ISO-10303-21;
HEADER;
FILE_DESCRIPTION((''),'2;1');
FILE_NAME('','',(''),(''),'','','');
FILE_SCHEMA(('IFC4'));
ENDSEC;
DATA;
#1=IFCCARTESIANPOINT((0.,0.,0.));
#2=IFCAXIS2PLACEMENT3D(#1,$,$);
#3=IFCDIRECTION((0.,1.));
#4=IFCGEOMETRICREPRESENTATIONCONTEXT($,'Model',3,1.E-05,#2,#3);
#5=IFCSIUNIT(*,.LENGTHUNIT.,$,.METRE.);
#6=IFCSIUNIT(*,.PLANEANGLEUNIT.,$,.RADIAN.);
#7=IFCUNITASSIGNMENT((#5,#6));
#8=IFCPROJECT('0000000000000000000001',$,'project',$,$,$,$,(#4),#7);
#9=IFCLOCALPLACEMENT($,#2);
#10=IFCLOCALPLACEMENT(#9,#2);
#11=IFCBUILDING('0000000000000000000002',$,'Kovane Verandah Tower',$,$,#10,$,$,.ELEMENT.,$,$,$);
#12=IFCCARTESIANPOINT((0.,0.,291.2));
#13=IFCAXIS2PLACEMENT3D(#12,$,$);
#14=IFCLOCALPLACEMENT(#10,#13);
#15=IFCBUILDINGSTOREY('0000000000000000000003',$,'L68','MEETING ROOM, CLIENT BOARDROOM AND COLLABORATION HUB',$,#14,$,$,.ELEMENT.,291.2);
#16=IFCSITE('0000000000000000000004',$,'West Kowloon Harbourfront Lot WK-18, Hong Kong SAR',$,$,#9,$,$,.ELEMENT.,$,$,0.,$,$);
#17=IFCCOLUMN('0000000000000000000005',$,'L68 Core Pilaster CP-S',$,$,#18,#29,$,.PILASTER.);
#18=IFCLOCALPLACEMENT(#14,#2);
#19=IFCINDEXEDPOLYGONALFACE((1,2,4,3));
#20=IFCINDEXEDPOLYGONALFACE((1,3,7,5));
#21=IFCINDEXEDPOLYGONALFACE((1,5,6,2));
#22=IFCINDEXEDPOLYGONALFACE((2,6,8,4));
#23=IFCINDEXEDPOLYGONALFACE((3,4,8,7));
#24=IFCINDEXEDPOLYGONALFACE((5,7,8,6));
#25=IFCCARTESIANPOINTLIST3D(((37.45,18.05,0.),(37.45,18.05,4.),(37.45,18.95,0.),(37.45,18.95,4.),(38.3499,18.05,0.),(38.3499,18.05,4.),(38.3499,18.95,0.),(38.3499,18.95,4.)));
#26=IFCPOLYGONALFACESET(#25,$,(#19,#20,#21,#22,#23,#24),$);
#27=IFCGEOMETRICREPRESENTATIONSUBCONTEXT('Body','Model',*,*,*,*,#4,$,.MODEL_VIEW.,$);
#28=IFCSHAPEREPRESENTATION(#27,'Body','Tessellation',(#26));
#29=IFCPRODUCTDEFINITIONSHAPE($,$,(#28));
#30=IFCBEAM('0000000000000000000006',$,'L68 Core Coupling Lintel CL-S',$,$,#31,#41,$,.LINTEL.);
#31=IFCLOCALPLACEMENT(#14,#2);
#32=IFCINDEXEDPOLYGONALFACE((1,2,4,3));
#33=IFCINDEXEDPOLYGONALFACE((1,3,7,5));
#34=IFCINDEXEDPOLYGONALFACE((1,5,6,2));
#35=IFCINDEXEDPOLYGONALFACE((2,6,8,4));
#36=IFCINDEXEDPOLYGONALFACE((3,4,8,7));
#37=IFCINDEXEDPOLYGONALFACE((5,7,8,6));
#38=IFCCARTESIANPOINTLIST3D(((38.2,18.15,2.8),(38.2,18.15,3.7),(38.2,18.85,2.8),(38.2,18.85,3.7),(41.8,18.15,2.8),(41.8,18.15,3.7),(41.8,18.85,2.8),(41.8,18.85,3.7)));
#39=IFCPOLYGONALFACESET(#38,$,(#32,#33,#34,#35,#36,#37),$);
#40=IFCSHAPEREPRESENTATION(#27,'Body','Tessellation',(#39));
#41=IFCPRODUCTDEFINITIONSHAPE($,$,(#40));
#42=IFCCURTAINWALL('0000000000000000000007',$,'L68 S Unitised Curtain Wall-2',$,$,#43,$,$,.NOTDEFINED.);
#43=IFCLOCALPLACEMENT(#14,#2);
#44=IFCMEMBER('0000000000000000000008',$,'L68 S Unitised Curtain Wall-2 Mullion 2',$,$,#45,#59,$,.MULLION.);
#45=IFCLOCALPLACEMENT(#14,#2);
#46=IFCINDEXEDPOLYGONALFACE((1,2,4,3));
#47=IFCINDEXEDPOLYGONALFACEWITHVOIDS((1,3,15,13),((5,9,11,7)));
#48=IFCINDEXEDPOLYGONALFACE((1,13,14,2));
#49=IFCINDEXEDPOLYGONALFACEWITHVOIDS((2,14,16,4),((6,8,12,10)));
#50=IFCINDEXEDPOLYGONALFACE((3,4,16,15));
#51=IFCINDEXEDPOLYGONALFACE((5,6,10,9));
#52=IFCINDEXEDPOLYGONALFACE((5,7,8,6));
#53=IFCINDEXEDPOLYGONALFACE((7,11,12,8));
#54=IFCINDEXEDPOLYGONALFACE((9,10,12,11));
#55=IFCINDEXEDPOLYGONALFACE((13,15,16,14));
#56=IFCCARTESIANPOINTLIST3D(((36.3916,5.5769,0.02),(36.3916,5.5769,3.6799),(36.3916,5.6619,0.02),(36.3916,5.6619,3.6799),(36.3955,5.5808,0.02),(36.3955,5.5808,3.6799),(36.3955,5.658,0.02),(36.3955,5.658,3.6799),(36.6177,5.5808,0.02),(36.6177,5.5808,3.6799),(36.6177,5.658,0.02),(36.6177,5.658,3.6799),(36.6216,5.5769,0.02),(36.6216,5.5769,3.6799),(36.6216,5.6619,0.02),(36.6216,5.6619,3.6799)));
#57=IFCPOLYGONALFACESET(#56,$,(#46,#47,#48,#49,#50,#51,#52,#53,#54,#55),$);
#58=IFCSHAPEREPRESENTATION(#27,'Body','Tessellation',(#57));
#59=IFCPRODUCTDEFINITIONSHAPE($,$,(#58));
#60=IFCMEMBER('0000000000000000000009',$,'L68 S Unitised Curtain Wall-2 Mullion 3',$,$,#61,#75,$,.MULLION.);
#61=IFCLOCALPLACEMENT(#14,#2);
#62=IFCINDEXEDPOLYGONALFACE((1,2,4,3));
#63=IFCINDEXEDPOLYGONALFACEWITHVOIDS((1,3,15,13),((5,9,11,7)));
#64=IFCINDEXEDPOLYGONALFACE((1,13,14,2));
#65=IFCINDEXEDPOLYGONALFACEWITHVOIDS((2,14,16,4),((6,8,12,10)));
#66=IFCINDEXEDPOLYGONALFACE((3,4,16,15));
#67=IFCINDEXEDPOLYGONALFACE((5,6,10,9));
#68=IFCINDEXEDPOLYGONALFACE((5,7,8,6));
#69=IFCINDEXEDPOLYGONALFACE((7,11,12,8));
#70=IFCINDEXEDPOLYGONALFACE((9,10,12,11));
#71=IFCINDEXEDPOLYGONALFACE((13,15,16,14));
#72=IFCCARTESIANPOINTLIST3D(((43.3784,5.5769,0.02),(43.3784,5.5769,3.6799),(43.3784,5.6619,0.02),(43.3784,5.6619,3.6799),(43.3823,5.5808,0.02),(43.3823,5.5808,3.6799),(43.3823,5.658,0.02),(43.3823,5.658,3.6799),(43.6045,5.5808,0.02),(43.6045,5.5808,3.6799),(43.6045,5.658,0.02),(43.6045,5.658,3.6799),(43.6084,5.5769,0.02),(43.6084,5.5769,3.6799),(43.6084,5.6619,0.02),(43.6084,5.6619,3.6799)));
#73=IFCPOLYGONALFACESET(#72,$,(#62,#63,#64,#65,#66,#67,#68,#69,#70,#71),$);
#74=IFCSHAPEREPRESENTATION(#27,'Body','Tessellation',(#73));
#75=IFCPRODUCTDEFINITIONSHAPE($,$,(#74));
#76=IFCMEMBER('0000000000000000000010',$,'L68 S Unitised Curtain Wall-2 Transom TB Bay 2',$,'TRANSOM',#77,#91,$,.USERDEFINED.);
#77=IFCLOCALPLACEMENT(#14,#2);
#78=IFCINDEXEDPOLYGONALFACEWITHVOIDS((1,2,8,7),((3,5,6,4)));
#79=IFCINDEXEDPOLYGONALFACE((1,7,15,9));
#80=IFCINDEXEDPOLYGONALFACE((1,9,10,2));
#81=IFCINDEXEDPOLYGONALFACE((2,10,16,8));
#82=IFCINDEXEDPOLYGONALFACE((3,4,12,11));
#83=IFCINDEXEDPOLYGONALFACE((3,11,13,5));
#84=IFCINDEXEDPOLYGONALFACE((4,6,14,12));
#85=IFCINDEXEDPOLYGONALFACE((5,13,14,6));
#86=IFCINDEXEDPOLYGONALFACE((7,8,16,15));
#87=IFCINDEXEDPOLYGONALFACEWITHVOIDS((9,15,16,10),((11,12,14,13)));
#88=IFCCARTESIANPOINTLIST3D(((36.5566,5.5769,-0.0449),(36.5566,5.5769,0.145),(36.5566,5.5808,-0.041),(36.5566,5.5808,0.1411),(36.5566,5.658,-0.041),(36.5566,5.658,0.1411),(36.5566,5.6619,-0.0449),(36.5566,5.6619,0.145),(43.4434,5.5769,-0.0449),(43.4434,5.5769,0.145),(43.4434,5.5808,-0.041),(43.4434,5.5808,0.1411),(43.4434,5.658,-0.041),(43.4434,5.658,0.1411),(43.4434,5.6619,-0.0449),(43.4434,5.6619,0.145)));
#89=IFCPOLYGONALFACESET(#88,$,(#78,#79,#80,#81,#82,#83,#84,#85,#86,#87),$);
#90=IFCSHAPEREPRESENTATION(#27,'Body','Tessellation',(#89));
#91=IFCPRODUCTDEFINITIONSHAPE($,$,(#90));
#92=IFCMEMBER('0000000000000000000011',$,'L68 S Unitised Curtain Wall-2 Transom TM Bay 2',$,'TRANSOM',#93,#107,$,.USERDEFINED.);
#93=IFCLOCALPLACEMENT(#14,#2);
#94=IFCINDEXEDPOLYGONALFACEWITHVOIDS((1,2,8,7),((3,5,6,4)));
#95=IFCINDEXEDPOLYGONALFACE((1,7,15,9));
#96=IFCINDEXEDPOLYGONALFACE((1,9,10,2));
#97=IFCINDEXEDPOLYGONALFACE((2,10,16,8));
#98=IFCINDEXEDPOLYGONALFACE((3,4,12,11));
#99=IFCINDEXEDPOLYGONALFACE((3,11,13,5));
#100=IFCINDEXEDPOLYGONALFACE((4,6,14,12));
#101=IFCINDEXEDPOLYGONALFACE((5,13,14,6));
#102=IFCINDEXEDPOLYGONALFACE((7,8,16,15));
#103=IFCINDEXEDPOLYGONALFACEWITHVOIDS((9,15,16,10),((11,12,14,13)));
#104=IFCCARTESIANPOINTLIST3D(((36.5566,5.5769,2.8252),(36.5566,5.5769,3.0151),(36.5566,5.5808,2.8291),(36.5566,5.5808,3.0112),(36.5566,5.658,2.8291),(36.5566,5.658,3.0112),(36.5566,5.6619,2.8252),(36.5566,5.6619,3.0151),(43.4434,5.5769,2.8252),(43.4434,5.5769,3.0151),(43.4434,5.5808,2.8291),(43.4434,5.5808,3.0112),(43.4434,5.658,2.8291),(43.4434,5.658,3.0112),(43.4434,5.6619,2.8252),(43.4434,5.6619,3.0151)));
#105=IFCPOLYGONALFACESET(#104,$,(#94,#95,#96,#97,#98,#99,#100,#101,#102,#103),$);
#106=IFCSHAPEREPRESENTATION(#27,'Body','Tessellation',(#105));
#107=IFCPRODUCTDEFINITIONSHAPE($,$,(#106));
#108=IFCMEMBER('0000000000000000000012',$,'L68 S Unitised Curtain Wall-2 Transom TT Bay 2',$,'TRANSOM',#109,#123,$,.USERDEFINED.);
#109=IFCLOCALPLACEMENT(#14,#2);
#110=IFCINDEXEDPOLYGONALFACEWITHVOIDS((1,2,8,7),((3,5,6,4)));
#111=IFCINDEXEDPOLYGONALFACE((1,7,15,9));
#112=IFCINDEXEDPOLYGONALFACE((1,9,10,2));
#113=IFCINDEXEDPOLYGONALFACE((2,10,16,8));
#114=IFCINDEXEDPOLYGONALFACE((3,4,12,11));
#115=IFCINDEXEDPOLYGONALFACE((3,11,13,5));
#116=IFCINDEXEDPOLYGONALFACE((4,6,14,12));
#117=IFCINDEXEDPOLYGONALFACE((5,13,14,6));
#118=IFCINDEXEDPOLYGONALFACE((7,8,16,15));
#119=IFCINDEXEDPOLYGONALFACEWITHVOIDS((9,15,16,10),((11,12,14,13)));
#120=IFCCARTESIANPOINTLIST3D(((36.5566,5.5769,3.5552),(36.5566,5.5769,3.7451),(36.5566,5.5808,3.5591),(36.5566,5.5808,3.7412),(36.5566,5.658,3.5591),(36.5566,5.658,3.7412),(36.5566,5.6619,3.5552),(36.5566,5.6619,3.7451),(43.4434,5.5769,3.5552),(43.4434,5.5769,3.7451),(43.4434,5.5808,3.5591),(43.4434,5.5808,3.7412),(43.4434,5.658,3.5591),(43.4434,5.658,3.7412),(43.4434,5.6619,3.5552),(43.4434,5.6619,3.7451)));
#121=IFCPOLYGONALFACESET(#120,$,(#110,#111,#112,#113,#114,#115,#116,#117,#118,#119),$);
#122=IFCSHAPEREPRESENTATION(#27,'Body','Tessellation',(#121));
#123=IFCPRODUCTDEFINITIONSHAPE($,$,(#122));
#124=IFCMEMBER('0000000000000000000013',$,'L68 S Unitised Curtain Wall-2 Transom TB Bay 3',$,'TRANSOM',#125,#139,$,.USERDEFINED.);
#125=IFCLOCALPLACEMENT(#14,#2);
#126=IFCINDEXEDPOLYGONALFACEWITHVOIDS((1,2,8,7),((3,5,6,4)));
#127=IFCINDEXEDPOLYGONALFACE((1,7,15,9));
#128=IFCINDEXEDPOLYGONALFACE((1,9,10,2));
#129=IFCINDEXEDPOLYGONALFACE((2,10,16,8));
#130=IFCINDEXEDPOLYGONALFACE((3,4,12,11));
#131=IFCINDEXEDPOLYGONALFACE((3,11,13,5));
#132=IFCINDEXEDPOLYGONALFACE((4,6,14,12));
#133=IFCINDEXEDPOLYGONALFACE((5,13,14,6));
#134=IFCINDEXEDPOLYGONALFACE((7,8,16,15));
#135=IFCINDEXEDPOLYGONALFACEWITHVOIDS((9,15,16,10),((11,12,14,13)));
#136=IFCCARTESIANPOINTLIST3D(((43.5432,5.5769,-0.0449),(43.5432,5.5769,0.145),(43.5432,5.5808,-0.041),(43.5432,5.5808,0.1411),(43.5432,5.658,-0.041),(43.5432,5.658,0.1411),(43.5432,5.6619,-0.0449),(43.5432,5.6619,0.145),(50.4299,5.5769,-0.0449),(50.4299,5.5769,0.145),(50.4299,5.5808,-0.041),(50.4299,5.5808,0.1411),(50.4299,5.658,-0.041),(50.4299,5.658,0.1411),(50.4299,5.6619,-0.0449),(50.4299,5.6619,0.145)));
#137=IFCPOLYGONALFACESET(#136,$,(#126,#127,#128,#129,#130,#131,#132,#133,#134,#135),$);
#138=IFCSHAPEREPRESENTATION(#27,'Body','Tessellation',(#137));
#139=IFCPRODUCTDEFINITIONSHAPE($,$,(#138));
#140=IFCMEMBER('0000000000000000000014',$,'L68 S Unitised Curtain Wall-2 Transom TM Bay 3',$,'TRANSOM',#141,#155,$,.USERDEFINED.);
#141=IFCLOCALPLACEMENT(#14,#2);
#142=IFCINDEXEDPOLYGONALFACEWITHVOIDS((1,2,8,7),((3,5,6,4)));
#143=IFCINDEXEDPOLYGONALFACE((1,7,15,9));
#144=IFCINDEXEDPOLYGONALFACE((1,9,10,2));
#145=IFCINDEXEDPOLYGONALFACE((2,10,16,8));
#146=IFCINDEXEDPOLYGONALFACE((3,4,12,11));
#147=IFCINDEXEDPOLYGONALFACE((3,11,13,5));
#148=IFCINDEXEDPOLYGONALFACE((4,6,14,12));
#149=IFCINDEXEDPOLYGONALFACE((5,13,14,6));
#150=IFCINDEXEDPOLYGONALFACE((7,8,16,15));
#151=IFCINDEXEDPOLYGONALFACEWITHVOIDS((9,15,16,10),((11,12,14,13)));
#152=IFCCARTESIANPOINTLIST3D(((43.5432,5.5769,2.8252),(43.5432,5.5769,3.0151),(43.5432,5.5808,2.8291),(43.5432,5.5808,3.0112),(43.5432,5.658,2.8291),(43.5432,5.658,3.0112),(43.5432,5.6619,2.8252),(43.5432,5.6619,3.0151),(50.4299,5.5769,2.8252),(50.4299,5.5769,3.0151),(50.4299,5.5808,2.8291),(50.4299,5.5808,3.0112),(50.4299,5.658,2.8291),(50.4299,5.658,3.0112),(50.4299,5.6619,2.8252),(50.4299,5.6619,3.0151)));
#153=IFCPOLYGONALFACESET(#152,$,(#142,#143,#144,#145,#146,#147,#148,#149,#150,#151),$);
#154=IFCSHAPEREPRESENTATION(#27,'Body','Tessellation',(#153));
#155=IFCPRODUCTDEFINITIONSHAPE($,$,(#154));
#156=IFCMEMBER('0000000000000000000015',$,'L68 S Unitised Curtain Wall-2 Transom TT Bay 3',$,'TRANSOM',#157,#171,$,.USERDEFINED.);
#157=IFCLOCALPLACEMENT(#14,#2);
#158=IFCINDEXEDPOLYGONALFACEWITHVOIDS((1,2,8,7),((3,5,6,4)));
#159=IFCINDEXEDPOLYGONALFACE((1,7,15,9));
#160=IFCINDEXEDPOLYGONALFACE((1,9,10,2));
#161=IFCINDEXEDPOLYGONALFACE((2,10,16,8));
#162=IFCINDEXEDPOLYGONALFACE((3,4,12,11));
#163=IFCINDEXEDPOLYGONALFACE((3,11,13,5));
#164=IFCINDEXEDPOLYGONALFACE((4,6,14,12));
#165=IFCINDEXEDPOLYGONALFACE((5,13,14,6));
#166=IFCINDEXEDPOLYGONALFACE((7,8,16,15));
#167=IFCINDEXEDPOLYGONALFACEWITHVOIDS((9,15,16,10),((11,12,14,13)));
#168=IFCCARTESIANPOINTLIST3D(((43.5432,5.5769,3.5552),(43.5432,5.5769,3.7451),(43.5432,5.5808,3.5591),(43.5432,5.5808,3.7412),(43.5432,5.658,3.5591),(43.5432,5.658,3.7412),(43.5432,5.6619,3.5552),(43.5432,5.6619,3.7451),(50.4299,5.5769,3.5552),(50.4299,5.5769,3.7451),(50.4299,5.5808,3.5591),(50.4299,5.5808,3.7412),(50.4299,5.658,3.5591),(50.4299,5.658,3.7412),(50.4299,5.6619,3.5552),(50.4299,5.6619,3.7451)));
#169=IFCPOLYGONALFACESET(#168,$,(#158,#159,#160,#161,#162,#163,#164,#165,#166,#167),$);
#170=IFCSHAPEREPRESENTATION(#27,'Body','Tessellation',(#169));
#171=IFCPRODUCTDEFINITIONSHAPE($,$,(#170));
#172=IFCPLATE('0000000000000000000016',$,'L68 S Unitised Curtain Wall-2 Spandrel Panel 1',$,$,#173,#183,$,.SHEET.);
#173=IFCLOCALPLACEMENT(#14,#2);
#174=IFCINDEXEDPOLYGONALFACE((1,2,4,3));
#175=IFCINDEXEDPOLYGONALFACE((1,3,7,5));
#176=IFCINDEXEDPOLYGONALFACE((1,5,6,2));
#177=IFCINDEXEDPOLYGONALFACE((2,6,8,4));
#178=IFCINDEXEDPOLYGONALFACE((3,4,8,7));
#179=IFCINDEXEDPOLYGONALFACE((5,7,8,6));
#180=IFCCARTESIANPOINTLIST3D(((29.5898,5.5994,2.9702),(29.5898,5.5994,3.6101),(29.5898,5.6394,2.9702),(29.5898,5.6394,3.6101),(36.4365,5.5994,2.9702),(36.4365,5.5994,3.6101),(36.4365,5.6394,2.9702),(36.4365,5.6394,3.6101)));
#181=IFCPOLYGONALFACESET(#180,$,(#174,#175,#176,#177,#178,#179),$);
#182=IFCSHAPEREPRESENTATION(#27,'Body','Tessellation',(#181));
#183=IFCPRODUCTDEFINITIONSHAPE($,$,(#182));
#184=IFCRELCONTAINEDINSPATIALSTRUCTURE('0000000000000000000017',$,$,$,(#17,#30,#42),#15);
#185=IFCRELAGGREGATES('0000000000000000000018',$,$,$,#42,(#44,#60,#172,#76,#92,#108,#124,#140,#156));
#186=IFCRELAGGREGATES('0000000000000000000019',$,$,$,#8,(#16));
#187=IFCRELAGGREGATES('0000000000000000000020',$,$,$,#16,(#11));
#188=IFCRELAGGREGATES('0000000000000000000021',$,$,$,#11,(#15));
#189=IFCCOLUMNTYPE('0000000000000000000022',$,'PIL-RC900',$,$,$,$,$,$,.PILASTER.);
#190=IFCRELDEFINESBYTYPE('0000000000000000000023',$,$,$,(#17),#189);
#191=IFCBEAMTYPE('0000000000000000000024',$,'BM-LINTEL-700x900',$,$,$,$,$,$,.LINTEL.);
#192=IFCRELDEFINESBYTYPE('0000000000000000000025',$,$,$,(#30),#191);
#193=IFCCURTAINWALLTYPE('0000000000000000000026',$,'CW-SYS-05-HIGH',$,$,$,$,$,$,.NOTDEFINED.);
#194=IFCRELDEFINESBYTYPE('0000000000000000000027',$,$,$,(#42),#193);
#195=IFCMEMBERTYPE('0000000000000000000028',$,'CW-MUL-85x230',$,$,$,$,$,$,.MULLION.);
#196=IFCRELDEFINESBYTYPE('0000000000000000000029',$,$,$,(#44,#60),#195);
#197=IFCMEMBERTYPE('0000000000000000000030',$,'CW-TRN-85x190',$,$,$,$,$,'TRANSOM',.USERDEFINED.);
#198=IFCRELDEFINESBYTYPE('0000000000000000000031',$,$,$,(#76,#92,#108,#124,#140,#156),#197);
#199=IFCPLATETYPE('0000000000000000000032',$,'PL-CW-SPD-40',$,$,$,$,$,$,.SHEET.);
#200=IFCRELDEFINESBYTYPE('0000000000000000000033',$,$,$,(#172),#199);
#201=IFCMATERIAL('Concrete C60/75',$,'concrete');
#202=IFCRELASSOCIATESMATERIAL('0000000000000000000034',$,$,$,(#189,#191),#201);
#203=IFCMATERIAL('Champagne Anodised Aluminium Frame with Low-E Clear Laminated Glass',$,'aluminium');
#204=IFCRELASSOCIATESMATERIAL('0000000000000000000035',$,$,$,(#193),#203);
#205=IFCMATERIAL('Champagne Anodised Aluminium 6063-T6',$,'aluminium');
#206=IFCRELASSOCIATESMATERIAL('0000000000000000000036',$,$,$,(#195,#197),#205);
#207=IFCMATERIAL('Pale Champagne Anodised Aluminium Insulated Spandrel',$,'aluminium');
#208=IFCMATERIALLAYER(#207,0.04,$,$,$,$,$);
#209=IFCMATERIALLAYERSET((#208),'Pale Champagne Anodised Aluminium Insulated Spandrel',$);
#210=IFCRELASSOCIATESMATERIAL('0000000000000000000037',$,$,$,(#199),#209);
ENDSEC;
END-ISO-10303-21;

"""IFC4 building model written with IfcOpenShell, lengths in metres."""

from ifc_helpers import new_model, si_unit, direction, frame, origin, origin_2d, place, context, subcontext, project, spatial, rectangle, hollow_rectangle, extrude, material, layer, layer_set, material_profile, profile_set, type_object, element, aggregate, save


model = new_model("IFC4")

# Units and contexts
model_context = context("Model", 3, precision=1e-05, world=origin(), true_north=direction((0.0, 1.0)))
body_context = subcontext(model_context, "Body", "Model", "MODEL_VIEW")
ifc_project = project(units=[si_unit("LENGTHUNIT", "METRE"), si_unit("PLANEANGLEUNIT", "RADIAN")], contexts=[model_context])

# Site, building, storey
site_placement = place(None, origin())
site = spatial("IfcSite", under=ifc_project, at=site_placement, Name="West Kowloon Harbourfront Lot WK-18, Hong Kong SAR", CompositionType="ELEMENT", RefElevation=0.0)
building_placement = place(site_placement, origin())
building = spatial("IfcBuilding", under=site, at=building_placement, Name="Kovane Verandah Tower", CompositionType="ELEMENT")
storey_placement = place(building_placement, frame((0.0, 0.0, 291.2)))
storey = spatial("IfcBuildingStorey", under=building, at=storey_placement, Name="L68", Description="MEETING ROOM, CLIENT BOARDROOM AND COLLABORATION HUB", CompositionType="ELEMENT", Elevation=291.2)

# Column
ifc_material_1 = material(Name="Concrete C60/75", Category="concrete")
ifc_material_profile_1 = material_profile(ifc_material_1, rectangle(XDim=0.8999, YDim=0.8999, at=origin_2d()), Name="RC900x900")
ifc_profile_set_1 = profile_set([ifc_material_profile_1], Name="Concrete C60/75")
column_type = type_object("IfcColumnType", Name="PIL-RC900", PredefinedType="PILASTER", material=ifc_profile_set_1)
column_placement = place(storey_placement, frame((37.8999, 18.5, 0.0), z_axis=(0.0, 0.0, 1.0), x_axis=(1.0, 0.0, 0.0)))
element("IfcColumn", 1, at=column_placement, inside=storey, type_object=column_type, Name="L68 Core Pilaster CP-S", PredefinedType="PILASTER", context=body_context, shape_type="SweptSolid", body=[
    extrude(rectangle(XDim=0.8999, YDim=0.8999, at=origin_2d()), origin(), (0.0, 0.0, 1.0), 4.0),
])

# Beam
ifc_material_profile_2 = material_profile(ifc_material_1, rectangle(XDim=0.7, YDim=0.8999, at=origin_2d()), Name="RCB700x900")
ifc_profile_set_2 = profile_set([ifc_material_profile_2], Name="Concrete C60/75")
beam_type = type_object("IfcBeamType", Name="BM-LINTEL-700x900", PredefinedType="LINTEL", material=ifc_profile_set_2)
beam_placement = place(storey_placement, frame((38.2, 18.5, 3.25), z_axis=(1.0, 0.0, 0.0), x_axis=(0.0, 1.0, 0.0)))
element("IfcBeam", 2, at=beam_placement, inside=storey, type_object=beam_type, Name="L68 Core Coupling Lintel CL-S", PredefinedType="LINTEL", context=body_context, shape_type="SweptSolid", body=[
    extrude(rectangle(XDim=0.7, YDim=0.8999, at=origin_2d()), origin(), (0.0, 0.0, 1.0), 3.6001),
])

# Curtain wall, members, plate
ifc_material_2 = material(Name="Champagne Anodised Aluminium Frame with Low-E Clear Laminated Glass", Category="aluminium")
curtain_wall_type = type_object("IfcCurtainWallType", Name="CW-SYS-05-HIGH", PredefinedType="NOTDEFINED", material=ifc_material_2)
curtain_wall_placement = place(storey_placement, origin())
curtain_wall = element("IfcCurtainWall", 3, at=curtain_wall_placement, inside=storey, type_object=curtain_wall_type, Name="L68 S Unitised Curtain Wall-2", PredefinedType="NOTDEFINED")
ifc_material_3 = material(Name="Champagne Anodised Aluminium 6063-T6", Category="aluminium")
ifc_material_profile_3 = material_profile(ifc_material_3, hollow_rectangle(XDim=0.085, YDim=0.23, WallThickness=0.0039, at=origin_2d()), Name="AL85x230x4")
ifc_profile_set_3 = profile_set([ifc_material_profile_3], Name="Champagne Anodised Aluminium 6063-T6")
member_type_1 = type_object("IfcMemberType", Name="CW-MUL-85x230", PredefinedType="MULLION", material=ifc_profile_set_3)
member_1_placement = place(storey_placement, frame((36.5066, 5.6194, 0.02), z_axis=(0.0, 0.0, 1.0), x_axis=(0.0, -1.0, 0.0)))
member_1 = element("IfcMember", 4, at=member_1_placement, type_object=member_type_1, Name="L68 S Unitised Curtain Wall-2 Mullion 2", PredefinedType="MULLION", context=body_context, shape_type="SweptSolid", body=[
    extrude(hollow_rectangle(XDim=0.085, YDim=0.23, WallThickness=0.0039, at=origin_2d()), origin(), (0.0, 0.0, 1.0), 3.6599),
])
member_2_placement = place(storey_placement, frame((43.4934, 5.6194, 0.02), z_axis=(0.0, 0.0, 1.0), x_axis=(0.0, -1.0, 0.0)))
member_2 = element("IfcMember", 5, at=member_2_placement, type_object=member_type_1, Name="L68 S Unitised Curtain Wall-2 Mullion 3", PredefinedType="MULLION", context=body_context, shape_type="SweptSolid", body=[
    extrude(hollow_rectangle(XDim=0.085, YDim=0.23, WallThickness=0.0039, at=origin_2d()), origin(), (0.0, 0.0, 1.0), 3.6599),
])
ifc_material_profile_4 = material_profile(ifc_material_3, hollow_rectangle(XDim=0.085, YDim=0.1899, WallThickness=0.0039, at=origin_2d()), Name="AL85x190x4")
ifc_profile_set_4 = profile_set([ifc_material_profile_4], Name="Champagne Anodised Aluminium 6063-T6")
member_type_2 = type_object("IfcMemberType", Name="CW-TRN-85x190", ElementType="TRANSOM", PredefinedType="USERDEFINED", material=ifc_profile_set_4)
member_3_placement = place(storey_placement, frame((36.5566, 5.6194, 0.05), z_axis=(1.0, 0.0, 0.0), x_axis=(0.0, 1.0, 0.0)))
member_3 = element("IfcMember", 6, at=member_3_placement, type_object=member_type_2, Name="L68 S Unitised Curtain Wall-2 Transom TB Bay 2", ObjectType="TRANSOM", PredefinedType="USERDEFINED", context=body_context, shape_type="SweptSolid", body=[
    extrude(hollow_rectangle(XDim=0.085, YDim=0.1899, WallThickness=0.0039, at=origin_2d()), origin(), (0.0, 0.0, 1.0), 6.8867),
])
member_4_placement = place(storey_placement, frame((36.5566, 5.6194, 2.9202), z_axis=(1.0, 0.0, 0.0), x_axis=(0.0, 1.0, 0.0)))
member_4 = element("IfcMember", 7, at=member_4_placement, type_object=member_type_2, Name="L68 S Unitised Curtain Wall-2 Transom TM Bay 2", ObjectType="TRANSOM", PredefinedType="USERDEFINED", context=body_context, shape_type="SweptSolid", body=[
    extrude(hollow_rectangle(XDim=0.085, YDim=0.1899, WallThickness=0.0039, at=origin_2d()), origin(), (0.0, 0.0, 1.0), 6.8867),
])
member_5_placement = place(storey_placement, frame((36.5566, 5.6194, 3.6501), z_axis=(1.0, 0.0, 0.0), x_axis=(0.0, 1.0, 0.0)))
member_5 = element("IfcMember", 8, at=member_5_placement, type_object=member_type_2, Name="L68 S Unitised Curtain Wall-2 Transom TT Bay 2", ObjectType="TRANSOM", PredefinedType="USERDEFINED", context=body_context, shape_type="SweptSolid", body=[
    extrude(hollow_rectangle(XDim=0.085, YDim=0.1899, WallThickness=0.0039, at=origin_2d()), origin(), (0.0, 0.0, 1.0), 6.8867),
])
member_6_placement = place(storey_placement, frame((43.5432, 5.6194, 0.05), z_axis=(1.0, 0.0, 0.0), x_axis=(0.0, 1.0, 0.0)))
member_6 = element("IfcMember", 9, at=member_6_placement, type_object=member_type_2, Name="L68 S Unitised Curtain Wall-2 Transom TB Bay 3", ObjectType="TRANSOM", PredefinedType="USERDEFINED", context=body_context, shape_type="SweptSolid", body=[
    extrude(hollow_rectangle(XDim=0.085, YDim=0.1899, WallThickness=0.0039, at=origin_2d()), origin(), (0.0, 0.0, 1.0), 6.8867),
])
member_7_placement = place(storey_placement, frame((43.5432, 5.6194, 2.9202), z_axis=(1.0, 0.0, 0.0), x_axis=(0.0, 1.0, 0.0)))
member_7 = element("IfcMember", 10, at=member_7_placement, type_object=member_type_2, Name="L68 S Unitised Curtain Wall-2 Transom TM Bay 3", ObjectType="TRANSOM", PredefinedType="USERDEFINED", context=body_context, shape_type="SweptSolid", body=[
    extrude(hollow_rectangle(XDim=0.085, YDim=0.1899, WallThickness=0.0039, at=origin_2d()), origin(), (0.0, 0.0, 1.0), 6.8867),
])
member_8_placement = place(storey_placement, frame((43.5432, 5.6194, 3.6501), z_axis=(1.0, 0.0, 0.0), x_axis=(0.0, 1.0, 0.0)))
member_8 = element("IfcMember", 11, at=member_8_placement, type_object=member_type_2, Name="L68 S Unitised Curtain Wall-2 Transom TT Bay 3", ObjectType="TRANSOM", PredefinedType="USERDEFINED", context=body_context, shape_type="SweptSolid", body=[
    extrude(hollow_rectangle(XDim=0.085, YDim=0.1899, WallThickness=0.0039, at=origin_2d()), origin(), (0.0, 0.0, 1.0), 6.8867),
])
ifc_material_4 = material(Name="Pale Champagne Anodised Aluminium Insulated Spandrel", Category="aluminium")
ifc_layer_1 = layer(ifc_material_4, 0.04)
ifc_layer_set_1 = layer_set([ifc_layer_1], Name="Pale Champagne Anodised Aluminium Insulated Spandrel")
plate_type_1 = type_object("IfcPlateType", Name="PL-CW-SPD-40", PredefinedType="SHEET", material=ifc_layer_set_1)
plate_1_placement = place(storey_placement, frame((33.0132, 5.6194, 2.9702), z_axis=(0.0, 0.0, 1.0), x_axis=(1.0, 0.0, 0.0)))
plate_1 = element("IfcPlate", 12, at=plate_1_placement, type_object=plate_type_1, Name="L68 S Unitised Curtain Wall-2 Spandrel Panel 1", PredefinedType="SHEET", context=body_context, shape_type="SweptSolid", body=[
    extrude(rectangle(XDim=6.8467, YDim=0.04, at=origin_2d()), origin(), (0.0, 0.0, 1.0), 0.6399),
])
aggregate(curtain_wall, [member_1, member_2, plate_1, member_3, member_4, member_5, member_6, member_7, member_8])

save(model, "model.ifc")
